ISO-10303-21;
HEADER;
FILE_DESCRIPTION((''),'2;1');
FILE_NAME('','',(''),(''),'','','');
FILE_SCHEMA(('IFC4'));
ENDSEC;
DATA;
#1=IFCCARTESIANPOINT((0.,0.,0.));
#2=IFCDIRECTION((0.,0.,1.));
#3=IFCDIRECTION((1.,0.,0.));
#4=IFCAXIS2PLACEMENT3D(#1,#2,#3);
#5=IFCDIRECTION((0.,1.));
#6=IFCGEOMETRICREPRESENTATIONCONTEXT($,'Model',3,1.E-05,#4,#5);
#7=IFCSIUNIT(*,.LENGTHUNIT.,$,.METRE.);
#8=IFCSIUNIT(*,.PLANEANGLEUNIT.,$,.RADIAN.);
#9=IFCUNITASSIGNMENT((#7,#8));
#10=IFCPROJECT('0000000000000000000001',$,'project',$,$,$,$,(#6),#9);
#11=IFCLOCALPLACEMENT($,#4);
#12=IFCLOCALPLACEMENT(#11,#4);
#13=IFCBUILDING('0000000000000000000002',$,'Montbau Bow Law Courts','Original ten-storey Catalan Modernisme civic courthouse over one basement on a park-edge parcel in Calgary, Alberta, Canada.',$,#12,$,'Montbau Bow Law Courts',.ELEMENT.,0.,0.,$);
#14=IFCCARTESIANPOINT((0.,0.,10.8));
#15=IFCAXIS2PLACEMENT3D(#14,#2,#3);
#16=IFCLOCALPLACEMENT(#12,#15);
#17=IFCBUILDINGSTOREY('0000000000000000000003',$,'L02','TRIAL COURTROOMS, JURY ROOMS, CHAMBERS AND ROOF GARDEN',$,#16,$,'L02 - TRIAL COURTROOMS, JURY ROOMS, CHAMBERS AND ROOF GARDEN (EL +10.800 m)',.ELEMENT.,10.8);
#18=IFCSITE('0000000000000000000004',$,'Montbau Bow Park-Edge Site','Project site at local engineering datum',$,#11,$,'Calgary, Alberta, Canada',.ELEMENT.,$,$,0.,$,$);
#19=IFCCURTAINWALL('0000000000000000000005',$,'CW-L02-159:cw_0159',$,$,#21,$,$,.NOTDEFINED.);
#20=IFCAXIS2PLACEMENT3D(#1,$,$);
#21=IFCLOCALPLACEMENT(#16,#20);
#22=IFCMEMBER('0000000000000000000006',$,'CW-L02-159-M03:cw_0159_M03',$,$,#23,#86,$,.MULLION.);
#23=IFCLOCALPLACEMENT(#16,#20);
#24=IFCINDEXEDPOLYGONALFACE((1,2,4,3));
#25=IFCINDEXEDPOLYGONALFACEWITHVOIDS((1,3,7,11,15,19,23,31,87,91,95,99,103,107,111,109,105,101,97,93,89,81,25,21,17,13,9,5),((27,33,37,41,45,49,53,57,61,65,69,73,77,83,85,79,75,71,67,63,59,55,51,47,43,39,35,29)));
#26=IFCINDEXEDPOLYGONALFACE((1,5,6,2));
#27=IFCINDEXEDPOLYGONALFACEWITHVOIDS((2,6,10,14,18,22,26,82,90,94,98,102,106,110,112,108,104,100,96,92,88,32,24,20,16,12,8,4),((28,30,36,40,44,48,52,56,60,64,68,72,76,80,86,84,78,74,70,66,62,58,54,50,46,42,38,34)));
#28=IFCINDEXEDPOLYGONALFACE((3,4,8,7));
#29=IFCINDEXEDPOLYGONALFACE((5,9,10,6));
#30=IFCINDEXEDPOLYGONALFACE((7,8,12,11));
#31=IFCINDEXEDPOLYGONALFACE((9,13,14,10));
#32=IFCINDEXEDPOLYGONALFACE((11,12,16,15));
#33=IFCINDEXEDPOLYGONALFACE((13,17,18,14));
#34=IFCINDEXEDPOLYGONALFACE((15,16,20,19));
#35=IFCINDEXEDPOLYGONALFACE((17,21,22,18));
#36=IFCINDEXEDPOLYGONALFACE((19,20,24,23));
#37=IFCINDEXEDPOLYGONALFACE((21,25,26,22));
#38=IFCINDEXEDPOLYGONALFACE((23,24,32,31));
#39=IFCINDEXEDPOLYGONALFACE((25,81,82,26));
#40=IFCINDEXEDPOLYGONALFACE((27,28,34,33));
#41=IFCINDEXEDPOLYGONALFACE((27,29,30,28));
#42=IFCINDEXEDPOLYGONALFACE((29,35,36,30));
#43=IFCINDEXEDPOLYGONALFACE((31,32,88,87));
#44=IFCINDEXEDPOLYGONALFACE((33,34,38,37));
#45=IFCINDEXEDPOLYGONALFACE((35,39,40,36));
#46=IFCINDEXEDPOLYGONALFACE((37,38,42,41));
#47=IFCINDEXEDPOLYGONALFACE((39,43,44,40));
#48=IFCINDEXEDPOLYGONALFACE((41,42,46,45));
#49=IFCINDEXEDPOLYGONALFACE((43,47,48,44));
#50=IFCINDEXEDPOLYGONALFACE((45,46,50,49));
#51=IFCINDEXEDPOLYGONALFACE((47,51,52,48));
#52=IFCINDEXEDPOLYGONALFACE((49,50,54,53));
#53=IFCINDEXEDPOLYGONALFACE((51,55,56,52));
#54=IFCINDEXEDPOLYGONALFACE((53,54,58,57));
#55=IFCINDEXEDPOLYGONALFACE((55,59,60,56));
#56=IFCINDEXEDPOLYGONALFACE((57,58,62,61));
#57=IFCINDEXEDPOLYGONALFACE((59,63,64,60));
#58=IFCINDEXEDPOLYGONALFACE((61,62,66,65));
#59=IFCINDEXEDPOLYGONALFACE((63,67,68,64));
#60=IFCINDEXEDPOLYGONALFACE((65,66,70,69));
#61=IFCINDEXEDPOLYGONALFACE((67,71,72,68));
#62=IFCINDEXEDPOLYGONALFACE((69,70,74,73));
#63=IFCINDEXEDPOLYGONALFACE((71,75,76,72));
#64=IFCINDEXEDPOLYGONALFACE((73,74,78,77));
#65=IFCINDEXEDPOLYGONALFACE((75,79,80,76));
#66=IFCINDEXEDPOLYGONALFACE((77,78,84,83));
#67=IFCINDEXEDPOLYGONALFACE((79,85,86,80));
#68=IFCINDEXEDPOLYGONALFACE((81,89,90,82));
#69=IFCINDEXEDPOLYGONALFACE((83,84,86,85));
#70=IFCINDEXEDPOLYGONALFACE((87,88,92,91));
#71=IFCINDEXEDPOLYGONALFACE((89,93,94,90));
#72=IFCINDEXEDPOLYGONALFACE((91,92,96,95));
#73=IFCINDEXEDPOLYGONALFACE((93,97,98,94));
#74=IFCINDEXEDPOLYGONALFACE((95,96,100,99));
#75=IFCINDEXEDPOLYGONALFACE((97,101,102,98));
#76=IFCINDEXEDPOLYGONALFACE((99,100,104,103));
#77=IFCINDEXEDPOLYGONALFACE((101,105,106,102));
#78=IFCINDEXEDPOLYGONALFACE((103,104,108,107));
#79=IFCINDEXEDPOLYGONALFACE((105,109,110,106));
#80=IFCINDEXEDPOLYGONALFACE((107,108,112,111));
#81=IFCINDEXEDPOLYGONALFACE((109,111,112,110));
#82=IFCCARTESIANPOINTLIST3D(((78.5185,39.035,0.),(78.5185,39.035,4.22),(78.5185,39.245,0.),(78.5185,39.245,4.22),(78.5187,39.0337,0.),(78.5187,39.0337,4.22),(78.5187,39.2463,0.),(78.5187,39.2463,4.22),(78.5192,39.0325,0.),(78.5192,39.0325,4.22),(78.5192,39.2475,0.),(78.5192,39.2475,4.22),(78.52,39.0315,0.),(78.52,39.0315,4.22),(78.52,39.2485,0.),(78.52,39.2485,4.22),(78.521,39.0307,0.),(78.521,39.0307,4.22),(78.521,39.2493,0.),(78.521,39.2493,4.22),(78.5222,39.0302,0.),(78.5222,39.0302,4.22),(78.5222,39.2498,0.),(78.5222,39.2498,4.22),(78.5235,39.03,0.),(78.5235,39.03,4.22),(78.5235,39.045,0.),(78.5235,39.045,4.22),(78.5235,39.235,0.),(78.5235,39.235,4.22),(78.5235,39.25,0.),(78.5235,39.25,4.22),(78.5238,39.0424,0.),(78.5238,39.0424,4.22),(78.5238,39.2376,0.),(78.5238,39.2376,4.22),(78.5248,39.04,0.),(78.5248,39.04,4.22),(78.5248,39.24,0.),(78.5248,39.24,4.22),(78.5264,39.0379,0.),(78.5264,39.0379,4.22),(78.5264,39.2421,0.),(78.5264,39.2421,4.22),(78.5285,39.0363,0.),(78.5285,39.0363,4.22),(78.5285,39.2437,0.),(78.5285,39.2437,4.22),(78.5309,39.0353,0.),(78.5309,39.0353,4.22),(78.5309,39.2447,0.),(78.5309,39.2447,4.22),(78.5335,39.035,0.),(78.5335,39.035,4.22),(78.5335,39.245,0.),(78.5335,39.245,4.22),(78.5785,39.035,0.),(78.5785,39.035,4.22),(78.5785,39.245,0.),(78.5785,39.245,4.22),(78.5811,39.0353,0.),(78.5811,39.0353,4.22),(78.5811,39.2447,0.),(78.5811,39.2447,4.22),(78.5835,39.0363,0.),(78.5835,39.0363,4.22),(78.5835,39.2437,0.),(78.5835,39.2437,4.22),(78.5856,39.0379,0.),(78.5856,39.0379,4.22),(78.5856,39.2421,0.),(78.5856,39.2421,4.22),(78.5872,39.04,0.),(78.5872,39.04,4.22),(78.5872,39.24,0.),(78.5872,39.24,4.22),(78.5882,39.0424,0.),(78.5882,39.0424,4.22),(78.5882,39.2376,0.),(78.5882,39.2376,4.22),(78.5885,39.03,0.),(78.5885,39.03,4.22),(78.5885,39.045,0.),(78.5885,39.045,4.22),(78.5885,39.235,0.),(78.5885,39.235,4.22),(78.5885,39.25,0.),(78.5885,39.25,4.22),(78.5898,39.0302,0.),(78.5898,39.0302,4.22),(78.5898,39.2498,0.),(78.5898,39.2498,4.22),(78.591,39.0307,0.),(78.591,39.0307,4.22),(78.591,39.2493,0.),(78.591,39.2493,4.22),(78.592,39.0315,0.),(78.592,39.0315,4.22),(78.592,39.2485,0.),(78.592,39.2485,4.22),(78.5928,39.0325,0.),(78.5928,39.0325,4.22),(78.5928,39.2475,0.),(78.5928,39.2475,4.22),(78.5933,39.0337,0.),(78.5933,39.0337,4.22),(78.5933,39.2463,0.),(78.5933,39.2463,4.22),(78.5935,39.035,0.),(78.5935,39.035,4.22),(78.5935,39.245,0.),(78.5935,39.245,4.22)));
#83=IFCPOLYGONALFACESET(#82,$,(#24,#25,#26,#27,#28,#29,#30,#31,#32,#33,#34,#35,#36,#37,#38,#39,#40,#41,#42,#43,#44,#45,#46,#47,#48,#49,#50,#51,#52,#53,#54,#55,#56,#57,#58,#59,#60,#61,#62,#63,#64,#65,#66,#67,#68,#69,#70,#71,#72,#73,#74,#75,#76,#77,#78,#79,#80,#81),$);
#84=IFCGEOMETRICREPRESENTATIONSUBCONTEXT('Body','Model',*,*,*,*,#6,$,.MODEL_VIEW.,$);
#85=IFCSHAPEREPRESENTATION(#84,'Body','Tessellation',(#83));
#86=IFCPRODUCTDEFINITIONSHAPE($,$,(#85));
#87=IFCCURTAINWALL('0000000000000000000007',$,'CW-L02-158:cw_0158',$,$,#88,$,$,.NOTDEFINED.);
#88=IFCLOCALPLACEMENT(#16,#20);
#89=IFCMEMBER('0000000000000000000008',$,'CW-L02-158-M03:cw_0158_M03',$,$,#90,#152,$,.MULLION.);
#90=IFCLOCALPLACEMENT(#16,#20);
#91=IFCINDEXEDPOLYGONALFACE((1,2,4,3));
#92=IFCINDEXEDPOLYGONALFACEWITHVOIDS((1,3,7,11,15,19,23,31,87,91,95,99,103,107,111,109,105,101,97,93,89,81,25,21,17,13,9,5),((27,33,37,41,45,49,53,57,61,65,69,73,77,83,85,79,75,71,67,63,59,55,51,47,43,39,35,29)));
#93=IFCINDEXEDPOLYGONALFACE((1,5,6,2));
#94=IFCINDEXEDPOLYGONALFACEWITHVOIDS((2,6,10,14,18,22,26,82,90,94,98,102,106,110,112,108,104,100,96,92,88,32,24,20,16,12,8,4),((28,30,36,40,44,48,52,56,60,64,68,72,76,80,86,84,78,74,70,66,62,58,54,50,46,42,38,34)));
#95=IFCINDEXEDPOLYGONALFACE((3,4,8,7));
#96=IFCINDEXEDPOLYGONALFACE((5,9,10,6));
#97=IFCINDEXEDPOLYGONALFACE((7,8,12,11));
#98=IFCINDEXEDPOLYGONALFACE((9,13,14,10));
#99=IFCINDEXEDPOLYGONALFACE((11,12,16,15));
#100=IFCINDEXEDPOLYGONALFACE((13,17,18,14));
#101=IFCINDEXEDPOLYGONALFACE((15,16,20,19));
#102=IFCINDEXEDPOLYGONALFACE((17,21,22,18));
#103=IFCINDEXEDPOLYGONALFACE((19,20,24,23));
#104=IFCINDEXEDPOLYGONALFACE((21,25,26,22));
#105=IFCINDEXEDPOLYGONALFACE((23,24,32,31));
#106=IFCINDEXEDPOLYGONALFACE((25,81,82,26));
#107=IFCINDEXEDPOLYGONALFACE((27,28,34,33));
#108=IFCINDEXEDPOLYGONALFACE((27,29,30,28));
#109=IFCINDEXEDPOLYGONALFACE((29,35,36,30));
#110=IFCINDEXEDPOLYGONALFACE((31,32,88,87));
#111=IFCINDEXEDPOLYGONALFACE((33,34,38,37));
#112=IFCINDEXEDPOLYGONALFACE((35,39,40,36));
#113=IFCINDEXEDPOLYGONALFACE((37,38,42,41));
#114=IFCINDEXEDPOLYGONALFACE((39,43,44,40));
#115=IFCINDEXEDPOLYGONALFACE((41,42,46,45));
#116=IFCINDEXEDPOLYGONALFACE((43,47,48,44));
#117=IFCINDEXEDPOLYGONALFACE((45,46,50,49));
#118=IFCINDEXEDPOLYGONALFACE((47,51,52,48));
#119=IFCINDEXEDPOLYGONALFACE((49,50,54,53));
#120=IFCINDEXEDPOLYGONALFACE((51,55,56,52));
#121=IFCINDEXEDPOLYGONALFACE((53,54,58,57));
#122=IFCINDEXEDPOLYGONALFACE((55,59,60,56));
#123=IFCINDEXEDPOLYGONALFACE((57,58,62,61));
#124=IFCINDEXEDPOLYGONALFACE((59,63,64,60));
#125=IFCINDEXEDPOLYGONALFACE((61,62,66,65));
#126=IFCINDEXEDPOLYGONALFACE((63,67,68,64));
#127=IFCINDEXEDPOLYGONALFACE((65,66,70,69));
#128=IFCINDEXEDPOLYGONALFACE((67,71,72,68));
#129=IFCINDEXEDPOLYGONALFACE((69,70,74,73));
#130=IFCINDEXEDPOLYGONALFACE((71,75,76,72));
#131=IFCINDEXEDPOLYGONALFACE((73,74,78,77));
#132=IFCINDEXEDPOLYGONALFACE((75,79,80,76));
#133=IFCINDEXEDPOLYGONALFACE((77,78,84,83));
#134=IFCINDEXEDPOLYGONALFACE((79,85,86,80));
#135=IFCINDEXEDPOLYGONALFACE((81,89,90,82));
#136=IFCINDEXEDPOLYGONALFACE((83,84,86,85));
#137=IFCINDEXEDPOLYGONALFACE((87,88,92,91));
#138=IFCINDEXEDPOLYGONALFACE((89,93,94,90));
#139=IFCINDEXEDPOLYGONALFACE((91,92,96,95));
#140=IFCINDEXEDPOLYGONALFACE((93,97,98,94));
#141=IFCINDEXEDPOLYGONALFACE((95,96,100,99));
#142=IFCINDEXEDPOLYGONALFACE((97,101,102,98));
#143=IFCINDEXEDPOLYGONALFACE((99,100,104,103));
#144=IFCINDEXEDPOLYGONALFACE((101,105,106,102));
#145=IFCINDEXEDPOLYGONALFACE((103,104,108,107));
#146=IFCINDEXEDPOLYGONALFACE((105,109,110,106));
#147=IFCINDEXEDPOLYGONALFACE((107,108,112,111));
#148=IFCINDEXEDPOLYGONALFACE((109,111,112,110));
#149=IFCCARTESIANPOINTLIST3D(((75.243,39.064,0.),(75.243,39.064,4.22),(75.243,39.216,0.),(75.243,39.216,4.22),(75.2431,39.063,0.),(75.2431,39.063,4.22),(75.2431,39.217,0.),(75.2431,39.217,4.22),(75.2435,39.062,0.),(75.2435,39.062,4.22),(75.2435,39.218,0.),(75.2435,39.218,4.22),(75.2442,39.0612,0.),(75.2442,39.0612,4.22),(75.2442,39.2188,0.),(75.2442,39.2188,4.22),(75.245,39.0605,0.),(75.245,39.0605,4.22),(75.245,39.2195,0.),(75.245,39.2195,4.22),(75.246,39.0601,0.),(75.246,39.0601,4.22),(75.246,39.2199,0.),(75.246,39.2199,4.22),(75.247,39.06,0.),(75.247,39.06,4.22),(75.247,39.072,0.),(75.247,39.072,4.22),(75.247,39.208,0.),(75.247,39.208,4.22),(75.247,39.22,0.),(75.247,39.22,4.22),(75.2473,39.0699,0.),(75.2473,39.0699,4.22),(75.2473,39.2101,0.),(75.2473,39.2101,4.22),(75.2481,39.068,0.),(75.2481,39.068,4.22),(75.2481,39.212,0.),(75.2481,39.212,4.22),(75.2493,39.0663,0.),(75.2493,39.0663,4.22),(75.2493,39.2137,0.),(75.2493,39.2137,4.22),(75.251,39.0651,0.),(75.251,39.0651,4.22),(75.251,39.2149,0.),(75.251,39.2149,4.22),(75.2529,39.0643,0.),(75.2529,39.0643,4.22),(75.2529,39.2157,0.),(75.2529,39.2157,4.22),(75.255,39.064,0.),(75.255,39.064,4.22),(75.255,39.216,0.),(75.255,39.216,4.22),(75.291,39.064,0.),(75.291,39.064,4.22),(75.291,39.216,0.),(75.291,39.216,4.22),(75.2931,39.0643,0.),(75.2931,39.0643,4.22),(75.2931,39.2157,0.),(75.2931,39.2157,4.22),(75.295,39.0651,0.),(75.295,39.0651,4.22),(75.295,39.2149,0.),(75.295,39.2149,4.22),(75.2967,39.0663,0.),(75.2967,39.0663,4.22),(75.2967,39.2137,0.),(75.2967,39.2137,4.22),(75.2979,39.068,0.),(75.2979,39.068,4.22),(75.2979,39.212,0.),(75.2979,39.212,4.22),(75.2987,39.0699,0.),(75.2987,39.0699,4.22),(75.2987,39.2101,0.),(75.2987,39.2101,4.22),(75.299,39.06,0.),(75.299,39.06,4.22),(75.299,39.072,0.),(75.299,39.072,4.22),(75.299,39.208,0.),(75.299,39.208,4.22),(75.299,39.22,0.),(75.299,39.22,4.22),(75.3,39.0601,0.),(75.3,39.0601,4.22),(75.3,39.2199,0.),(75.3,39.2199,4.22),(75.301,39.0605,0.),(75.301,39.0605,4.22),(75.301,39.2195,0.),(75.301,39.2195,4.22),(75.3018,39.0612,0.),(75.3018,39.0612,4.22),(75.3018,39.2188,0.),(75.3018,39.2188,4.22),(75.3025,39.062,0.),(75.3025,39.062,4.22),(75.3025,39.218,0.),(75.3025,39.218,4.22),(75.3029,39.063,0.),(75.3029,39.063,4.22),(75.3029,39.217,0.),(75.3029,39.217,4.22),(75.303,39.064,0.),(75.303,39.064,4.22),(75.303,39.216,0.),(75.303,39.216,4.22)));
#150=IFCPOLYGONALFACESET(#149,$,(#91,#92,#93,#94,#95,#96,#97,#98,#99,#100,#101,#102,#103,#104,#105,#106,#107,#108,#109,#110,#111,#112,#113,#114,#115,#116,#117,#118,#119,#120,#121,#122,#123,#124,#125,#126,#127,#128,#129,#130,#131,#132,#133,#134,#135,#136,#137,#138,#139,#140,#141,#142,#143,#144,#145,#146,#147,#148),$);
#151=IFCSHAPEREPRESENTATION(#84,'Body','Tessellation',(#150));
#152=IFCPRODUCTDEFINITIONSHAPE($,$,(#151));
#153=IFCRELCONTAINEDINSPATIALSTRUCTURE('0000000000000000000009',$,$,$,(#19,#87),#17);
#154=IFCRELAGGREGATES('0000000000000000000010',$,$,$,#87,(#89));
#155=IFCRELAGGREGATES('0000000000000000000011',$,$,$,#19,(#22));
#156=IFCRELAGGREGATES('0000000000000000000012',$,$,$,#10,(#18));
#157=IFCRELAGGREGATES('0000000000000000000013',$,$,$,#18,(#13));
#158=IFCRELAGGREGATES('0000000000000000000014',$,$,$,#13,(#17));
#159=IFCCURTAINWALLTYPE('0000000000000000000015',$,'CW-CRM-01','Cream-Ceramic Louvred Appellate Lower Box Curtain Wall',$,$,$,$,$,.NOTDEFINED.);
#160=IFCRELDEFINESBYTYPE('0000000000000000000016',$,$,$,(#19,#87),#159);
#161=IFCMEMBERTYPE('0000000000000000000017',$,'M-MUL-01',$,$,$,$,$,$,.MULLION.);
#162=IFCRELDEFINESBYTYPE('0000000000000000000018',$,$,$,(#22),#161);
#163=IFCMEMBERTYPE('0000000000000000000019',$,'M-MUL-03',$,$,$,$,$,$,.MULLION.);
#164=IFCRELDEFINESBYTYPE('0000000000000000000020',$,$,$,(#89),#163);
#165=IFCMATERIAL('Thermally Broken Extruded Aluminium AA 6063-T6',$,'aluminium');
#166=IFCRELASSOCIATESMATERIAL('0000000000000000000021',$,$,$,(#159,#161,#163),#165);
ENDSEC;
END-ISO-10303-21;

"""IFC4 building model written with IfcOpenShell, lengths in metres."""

from ifc_helpers import new_model, si_unit, direction, frame, origin_with_axes, origin_2d_with_axis, place, context, subcontext, project, spatial, hollow_rectangle, extrude, material, material_profile, profile_set, type_object, element, aggregate, save


model = new_model("IFC4")

# Units and contexts
model_context = context("Model", 3, precision=1e-05, world=origin_with_axes(), true_north=direction((0.0, 1.0)))
body_context = subcontext(model_context, "Body", "Model", "MODEL_VIEW")
ifc_project = project(units=[si_unit("LENGTHUNIT", "METRE"), si_unit("PLANEANGLEUNIT", "RADIAN")], contexts=[model_context])

# Site, building, storey
site_placement = place(None, origin_with_axes())
site = spatial("IfcSite", under=ifc_project, at=site_placement, Name="Montbau Bow Park-Edge Site", Description="Project site at local engineering datum", LongName="Calgary, Alberta, Canada", CompositionType="ELEMENT", RefElevation=0.0)
building_placement = place(site_placement, origin_with_axes())
building = spatial("IfcBuilding", under=site, at=building_placement, Name="Montbau Bow Law Courts", Description="Original ten-storey Catalan Modernisme civic courthouse over one basement on a park-edge parcel in Calgary, Alberta, Canada.", LongName="Montbau Bow Law Courts", CompositionType="ELEMENT", ElevationOfRefHeight=0.0, ElevationOfTerrain=0.0)
storey_placement = place(building_placement, frame((0.0, 0.0, 10.8), z_axis=(0.0, 0.0, 1.0), x_axis=(1.0, 0.0, 0.0)))
storey = spatial("IfcBuildingStorey", under=building, at=storey_placement, Name="L02", Description="TRIAL COURTROOMS, JURY ROOMS, CHAMBERS AND ROOF GARDEN", LongName="L02 - TRIAL COURTROOMS, JURY ROOMS, CHAMBERS AND ROOF GARDEN (EL +10.800 m)", CompositionType="ELEMENT", Elevation=10.8)

# Curtain wall, member
ifc_material_1 = material(Name="Thermally Broken Extruded Aluminium AA 6063-T6", Category="aluminium")
curtain_wall_type = type_object("IfcCurtainWallType", Name="CW-CRM-01", Description="Cream-Ceramic Louvred Appellate Lower Box Curtain Wall", PredefinedType="NOTDEFINED", material=ifc_material_1)
curtain_wall_1_placement = place(None, frame((75.897, 39.14, 10.8), z_axis=(0.0, 0.0, 1.0), x_axis=(1.0, 0.0, 0.0)))
curtain_wall_1 = element("IfcCurtainWall", 1, at=curtain_wall_1_placement, inside=storey, type_object=curtain_wall_type, Name="CW-L02-159:cw_0159", PredefinedType="NOTDEFINED")
ifc_material_profile_1 = material_profile(ifc_material_1, hollow_rectangle(XDim=0.075, YDim=0.22, WallThickness=0.005, InnerFilletRadius=0.01, OuterFilletRadius=0.005, at=origin_2d_with_axis()), Name="CWM-220X75", Category="Main", Priority=0)
ifc_profile_set_1 = profile_set([ifc_material_profile_1], Name="Thermally Broken Extruded Aluminium AA 6063-T6")
member_type_1 = type_object("IfcMemberType", Name="M-MUL-01", PredefinedType="MULLION", material=ifc_profile_set_1)
member_1_placement = place(None, frame((78.556, 39.14, 10.8), z_axis=(0.0, 0.0, 1.0), x_axis=(1.0, 0.0, 0.0)))
member_1 = element("IfcMember", 2, at=member_1_placement, type_object=member_type_1, Name="CW-L02-159-M03:cw_0159_M03", PredefinedType="MULLION", context=body_context, shape_type="SweptSolid", body=[
    extrude(hollow_rectangle(XDim=0.075, YDim=0.22, WallThickness=0.005, InnerFilletRadius=0.01, OuterFilletRadius=0.005, at=origin_2d_with_axis()), origin_with_axes(), (0.0, 0.0, 1.0), 4.22),
])

# Curtain wall, member
curtain_wall_2_placement = place(None, frame((72.515, 39.14, 10.8), z_axis=(0.0, 0.0, 1.0), x_axis=(1.0, 0.0, 0.0)))
curtain_wall_2 = element("IfcCurtainWall", 3, at=curtain_wall_2_placement, inside=storey, type_object=curtain_wall_type, Name="CW-L02-158:cw_0158", PredefinedType="NOTDEFINED")
ifc_material_profile_2 = material_profile(ifc_material_1, hollow_rectangle(XDim=0.06, YDim=0.16, WallThickness=0.004, InnerFilletRadius=0.008, OuterFilletRadius=0.004, at=origin_2d_with_axis()), Name="CWM-160X60", Category="Main", Priority=0)
ifc_profile_set_2 = profile_set([ifc_material_profile_2], Name="Thermally Broken Extruded Aluminium AA 6063-T6")
member_type_2 = type_object("IfcMemberType", Name="M-MUL-03", PredefinedType="MULLION", material=ifc_profile_set_2)
member_2_placement = place(None, frame((75.273, 39.14, 10.8), z_axis=(0.0, 0.0, 1.0), x_axis=(1.0, 0.0, 0.0)))
member_2 = element("IfcMember", 4, at=member_2_placement, type_object=member_type_2, Name="CW-L02-158-M03:cw_0158_M03", PredefinedType="MULLION", context=body_context, shape_type="SweptSolid", body=[
    extrude(hollow_rectangle(XDim=0.06, YDim=0.16, WallThickness=0.004, InnerFilletRadius=0.008, OuterFilletRadius=0.004, at=origin_2d_with_axis()), origin_with_axes(), (0.0, 0.0, 1.0), 4.22),
])
aggregate(curtain_wall_2, [member_2])

aggregate(curtain_wall_1, [member_1])

save(model, "model.ifc")
